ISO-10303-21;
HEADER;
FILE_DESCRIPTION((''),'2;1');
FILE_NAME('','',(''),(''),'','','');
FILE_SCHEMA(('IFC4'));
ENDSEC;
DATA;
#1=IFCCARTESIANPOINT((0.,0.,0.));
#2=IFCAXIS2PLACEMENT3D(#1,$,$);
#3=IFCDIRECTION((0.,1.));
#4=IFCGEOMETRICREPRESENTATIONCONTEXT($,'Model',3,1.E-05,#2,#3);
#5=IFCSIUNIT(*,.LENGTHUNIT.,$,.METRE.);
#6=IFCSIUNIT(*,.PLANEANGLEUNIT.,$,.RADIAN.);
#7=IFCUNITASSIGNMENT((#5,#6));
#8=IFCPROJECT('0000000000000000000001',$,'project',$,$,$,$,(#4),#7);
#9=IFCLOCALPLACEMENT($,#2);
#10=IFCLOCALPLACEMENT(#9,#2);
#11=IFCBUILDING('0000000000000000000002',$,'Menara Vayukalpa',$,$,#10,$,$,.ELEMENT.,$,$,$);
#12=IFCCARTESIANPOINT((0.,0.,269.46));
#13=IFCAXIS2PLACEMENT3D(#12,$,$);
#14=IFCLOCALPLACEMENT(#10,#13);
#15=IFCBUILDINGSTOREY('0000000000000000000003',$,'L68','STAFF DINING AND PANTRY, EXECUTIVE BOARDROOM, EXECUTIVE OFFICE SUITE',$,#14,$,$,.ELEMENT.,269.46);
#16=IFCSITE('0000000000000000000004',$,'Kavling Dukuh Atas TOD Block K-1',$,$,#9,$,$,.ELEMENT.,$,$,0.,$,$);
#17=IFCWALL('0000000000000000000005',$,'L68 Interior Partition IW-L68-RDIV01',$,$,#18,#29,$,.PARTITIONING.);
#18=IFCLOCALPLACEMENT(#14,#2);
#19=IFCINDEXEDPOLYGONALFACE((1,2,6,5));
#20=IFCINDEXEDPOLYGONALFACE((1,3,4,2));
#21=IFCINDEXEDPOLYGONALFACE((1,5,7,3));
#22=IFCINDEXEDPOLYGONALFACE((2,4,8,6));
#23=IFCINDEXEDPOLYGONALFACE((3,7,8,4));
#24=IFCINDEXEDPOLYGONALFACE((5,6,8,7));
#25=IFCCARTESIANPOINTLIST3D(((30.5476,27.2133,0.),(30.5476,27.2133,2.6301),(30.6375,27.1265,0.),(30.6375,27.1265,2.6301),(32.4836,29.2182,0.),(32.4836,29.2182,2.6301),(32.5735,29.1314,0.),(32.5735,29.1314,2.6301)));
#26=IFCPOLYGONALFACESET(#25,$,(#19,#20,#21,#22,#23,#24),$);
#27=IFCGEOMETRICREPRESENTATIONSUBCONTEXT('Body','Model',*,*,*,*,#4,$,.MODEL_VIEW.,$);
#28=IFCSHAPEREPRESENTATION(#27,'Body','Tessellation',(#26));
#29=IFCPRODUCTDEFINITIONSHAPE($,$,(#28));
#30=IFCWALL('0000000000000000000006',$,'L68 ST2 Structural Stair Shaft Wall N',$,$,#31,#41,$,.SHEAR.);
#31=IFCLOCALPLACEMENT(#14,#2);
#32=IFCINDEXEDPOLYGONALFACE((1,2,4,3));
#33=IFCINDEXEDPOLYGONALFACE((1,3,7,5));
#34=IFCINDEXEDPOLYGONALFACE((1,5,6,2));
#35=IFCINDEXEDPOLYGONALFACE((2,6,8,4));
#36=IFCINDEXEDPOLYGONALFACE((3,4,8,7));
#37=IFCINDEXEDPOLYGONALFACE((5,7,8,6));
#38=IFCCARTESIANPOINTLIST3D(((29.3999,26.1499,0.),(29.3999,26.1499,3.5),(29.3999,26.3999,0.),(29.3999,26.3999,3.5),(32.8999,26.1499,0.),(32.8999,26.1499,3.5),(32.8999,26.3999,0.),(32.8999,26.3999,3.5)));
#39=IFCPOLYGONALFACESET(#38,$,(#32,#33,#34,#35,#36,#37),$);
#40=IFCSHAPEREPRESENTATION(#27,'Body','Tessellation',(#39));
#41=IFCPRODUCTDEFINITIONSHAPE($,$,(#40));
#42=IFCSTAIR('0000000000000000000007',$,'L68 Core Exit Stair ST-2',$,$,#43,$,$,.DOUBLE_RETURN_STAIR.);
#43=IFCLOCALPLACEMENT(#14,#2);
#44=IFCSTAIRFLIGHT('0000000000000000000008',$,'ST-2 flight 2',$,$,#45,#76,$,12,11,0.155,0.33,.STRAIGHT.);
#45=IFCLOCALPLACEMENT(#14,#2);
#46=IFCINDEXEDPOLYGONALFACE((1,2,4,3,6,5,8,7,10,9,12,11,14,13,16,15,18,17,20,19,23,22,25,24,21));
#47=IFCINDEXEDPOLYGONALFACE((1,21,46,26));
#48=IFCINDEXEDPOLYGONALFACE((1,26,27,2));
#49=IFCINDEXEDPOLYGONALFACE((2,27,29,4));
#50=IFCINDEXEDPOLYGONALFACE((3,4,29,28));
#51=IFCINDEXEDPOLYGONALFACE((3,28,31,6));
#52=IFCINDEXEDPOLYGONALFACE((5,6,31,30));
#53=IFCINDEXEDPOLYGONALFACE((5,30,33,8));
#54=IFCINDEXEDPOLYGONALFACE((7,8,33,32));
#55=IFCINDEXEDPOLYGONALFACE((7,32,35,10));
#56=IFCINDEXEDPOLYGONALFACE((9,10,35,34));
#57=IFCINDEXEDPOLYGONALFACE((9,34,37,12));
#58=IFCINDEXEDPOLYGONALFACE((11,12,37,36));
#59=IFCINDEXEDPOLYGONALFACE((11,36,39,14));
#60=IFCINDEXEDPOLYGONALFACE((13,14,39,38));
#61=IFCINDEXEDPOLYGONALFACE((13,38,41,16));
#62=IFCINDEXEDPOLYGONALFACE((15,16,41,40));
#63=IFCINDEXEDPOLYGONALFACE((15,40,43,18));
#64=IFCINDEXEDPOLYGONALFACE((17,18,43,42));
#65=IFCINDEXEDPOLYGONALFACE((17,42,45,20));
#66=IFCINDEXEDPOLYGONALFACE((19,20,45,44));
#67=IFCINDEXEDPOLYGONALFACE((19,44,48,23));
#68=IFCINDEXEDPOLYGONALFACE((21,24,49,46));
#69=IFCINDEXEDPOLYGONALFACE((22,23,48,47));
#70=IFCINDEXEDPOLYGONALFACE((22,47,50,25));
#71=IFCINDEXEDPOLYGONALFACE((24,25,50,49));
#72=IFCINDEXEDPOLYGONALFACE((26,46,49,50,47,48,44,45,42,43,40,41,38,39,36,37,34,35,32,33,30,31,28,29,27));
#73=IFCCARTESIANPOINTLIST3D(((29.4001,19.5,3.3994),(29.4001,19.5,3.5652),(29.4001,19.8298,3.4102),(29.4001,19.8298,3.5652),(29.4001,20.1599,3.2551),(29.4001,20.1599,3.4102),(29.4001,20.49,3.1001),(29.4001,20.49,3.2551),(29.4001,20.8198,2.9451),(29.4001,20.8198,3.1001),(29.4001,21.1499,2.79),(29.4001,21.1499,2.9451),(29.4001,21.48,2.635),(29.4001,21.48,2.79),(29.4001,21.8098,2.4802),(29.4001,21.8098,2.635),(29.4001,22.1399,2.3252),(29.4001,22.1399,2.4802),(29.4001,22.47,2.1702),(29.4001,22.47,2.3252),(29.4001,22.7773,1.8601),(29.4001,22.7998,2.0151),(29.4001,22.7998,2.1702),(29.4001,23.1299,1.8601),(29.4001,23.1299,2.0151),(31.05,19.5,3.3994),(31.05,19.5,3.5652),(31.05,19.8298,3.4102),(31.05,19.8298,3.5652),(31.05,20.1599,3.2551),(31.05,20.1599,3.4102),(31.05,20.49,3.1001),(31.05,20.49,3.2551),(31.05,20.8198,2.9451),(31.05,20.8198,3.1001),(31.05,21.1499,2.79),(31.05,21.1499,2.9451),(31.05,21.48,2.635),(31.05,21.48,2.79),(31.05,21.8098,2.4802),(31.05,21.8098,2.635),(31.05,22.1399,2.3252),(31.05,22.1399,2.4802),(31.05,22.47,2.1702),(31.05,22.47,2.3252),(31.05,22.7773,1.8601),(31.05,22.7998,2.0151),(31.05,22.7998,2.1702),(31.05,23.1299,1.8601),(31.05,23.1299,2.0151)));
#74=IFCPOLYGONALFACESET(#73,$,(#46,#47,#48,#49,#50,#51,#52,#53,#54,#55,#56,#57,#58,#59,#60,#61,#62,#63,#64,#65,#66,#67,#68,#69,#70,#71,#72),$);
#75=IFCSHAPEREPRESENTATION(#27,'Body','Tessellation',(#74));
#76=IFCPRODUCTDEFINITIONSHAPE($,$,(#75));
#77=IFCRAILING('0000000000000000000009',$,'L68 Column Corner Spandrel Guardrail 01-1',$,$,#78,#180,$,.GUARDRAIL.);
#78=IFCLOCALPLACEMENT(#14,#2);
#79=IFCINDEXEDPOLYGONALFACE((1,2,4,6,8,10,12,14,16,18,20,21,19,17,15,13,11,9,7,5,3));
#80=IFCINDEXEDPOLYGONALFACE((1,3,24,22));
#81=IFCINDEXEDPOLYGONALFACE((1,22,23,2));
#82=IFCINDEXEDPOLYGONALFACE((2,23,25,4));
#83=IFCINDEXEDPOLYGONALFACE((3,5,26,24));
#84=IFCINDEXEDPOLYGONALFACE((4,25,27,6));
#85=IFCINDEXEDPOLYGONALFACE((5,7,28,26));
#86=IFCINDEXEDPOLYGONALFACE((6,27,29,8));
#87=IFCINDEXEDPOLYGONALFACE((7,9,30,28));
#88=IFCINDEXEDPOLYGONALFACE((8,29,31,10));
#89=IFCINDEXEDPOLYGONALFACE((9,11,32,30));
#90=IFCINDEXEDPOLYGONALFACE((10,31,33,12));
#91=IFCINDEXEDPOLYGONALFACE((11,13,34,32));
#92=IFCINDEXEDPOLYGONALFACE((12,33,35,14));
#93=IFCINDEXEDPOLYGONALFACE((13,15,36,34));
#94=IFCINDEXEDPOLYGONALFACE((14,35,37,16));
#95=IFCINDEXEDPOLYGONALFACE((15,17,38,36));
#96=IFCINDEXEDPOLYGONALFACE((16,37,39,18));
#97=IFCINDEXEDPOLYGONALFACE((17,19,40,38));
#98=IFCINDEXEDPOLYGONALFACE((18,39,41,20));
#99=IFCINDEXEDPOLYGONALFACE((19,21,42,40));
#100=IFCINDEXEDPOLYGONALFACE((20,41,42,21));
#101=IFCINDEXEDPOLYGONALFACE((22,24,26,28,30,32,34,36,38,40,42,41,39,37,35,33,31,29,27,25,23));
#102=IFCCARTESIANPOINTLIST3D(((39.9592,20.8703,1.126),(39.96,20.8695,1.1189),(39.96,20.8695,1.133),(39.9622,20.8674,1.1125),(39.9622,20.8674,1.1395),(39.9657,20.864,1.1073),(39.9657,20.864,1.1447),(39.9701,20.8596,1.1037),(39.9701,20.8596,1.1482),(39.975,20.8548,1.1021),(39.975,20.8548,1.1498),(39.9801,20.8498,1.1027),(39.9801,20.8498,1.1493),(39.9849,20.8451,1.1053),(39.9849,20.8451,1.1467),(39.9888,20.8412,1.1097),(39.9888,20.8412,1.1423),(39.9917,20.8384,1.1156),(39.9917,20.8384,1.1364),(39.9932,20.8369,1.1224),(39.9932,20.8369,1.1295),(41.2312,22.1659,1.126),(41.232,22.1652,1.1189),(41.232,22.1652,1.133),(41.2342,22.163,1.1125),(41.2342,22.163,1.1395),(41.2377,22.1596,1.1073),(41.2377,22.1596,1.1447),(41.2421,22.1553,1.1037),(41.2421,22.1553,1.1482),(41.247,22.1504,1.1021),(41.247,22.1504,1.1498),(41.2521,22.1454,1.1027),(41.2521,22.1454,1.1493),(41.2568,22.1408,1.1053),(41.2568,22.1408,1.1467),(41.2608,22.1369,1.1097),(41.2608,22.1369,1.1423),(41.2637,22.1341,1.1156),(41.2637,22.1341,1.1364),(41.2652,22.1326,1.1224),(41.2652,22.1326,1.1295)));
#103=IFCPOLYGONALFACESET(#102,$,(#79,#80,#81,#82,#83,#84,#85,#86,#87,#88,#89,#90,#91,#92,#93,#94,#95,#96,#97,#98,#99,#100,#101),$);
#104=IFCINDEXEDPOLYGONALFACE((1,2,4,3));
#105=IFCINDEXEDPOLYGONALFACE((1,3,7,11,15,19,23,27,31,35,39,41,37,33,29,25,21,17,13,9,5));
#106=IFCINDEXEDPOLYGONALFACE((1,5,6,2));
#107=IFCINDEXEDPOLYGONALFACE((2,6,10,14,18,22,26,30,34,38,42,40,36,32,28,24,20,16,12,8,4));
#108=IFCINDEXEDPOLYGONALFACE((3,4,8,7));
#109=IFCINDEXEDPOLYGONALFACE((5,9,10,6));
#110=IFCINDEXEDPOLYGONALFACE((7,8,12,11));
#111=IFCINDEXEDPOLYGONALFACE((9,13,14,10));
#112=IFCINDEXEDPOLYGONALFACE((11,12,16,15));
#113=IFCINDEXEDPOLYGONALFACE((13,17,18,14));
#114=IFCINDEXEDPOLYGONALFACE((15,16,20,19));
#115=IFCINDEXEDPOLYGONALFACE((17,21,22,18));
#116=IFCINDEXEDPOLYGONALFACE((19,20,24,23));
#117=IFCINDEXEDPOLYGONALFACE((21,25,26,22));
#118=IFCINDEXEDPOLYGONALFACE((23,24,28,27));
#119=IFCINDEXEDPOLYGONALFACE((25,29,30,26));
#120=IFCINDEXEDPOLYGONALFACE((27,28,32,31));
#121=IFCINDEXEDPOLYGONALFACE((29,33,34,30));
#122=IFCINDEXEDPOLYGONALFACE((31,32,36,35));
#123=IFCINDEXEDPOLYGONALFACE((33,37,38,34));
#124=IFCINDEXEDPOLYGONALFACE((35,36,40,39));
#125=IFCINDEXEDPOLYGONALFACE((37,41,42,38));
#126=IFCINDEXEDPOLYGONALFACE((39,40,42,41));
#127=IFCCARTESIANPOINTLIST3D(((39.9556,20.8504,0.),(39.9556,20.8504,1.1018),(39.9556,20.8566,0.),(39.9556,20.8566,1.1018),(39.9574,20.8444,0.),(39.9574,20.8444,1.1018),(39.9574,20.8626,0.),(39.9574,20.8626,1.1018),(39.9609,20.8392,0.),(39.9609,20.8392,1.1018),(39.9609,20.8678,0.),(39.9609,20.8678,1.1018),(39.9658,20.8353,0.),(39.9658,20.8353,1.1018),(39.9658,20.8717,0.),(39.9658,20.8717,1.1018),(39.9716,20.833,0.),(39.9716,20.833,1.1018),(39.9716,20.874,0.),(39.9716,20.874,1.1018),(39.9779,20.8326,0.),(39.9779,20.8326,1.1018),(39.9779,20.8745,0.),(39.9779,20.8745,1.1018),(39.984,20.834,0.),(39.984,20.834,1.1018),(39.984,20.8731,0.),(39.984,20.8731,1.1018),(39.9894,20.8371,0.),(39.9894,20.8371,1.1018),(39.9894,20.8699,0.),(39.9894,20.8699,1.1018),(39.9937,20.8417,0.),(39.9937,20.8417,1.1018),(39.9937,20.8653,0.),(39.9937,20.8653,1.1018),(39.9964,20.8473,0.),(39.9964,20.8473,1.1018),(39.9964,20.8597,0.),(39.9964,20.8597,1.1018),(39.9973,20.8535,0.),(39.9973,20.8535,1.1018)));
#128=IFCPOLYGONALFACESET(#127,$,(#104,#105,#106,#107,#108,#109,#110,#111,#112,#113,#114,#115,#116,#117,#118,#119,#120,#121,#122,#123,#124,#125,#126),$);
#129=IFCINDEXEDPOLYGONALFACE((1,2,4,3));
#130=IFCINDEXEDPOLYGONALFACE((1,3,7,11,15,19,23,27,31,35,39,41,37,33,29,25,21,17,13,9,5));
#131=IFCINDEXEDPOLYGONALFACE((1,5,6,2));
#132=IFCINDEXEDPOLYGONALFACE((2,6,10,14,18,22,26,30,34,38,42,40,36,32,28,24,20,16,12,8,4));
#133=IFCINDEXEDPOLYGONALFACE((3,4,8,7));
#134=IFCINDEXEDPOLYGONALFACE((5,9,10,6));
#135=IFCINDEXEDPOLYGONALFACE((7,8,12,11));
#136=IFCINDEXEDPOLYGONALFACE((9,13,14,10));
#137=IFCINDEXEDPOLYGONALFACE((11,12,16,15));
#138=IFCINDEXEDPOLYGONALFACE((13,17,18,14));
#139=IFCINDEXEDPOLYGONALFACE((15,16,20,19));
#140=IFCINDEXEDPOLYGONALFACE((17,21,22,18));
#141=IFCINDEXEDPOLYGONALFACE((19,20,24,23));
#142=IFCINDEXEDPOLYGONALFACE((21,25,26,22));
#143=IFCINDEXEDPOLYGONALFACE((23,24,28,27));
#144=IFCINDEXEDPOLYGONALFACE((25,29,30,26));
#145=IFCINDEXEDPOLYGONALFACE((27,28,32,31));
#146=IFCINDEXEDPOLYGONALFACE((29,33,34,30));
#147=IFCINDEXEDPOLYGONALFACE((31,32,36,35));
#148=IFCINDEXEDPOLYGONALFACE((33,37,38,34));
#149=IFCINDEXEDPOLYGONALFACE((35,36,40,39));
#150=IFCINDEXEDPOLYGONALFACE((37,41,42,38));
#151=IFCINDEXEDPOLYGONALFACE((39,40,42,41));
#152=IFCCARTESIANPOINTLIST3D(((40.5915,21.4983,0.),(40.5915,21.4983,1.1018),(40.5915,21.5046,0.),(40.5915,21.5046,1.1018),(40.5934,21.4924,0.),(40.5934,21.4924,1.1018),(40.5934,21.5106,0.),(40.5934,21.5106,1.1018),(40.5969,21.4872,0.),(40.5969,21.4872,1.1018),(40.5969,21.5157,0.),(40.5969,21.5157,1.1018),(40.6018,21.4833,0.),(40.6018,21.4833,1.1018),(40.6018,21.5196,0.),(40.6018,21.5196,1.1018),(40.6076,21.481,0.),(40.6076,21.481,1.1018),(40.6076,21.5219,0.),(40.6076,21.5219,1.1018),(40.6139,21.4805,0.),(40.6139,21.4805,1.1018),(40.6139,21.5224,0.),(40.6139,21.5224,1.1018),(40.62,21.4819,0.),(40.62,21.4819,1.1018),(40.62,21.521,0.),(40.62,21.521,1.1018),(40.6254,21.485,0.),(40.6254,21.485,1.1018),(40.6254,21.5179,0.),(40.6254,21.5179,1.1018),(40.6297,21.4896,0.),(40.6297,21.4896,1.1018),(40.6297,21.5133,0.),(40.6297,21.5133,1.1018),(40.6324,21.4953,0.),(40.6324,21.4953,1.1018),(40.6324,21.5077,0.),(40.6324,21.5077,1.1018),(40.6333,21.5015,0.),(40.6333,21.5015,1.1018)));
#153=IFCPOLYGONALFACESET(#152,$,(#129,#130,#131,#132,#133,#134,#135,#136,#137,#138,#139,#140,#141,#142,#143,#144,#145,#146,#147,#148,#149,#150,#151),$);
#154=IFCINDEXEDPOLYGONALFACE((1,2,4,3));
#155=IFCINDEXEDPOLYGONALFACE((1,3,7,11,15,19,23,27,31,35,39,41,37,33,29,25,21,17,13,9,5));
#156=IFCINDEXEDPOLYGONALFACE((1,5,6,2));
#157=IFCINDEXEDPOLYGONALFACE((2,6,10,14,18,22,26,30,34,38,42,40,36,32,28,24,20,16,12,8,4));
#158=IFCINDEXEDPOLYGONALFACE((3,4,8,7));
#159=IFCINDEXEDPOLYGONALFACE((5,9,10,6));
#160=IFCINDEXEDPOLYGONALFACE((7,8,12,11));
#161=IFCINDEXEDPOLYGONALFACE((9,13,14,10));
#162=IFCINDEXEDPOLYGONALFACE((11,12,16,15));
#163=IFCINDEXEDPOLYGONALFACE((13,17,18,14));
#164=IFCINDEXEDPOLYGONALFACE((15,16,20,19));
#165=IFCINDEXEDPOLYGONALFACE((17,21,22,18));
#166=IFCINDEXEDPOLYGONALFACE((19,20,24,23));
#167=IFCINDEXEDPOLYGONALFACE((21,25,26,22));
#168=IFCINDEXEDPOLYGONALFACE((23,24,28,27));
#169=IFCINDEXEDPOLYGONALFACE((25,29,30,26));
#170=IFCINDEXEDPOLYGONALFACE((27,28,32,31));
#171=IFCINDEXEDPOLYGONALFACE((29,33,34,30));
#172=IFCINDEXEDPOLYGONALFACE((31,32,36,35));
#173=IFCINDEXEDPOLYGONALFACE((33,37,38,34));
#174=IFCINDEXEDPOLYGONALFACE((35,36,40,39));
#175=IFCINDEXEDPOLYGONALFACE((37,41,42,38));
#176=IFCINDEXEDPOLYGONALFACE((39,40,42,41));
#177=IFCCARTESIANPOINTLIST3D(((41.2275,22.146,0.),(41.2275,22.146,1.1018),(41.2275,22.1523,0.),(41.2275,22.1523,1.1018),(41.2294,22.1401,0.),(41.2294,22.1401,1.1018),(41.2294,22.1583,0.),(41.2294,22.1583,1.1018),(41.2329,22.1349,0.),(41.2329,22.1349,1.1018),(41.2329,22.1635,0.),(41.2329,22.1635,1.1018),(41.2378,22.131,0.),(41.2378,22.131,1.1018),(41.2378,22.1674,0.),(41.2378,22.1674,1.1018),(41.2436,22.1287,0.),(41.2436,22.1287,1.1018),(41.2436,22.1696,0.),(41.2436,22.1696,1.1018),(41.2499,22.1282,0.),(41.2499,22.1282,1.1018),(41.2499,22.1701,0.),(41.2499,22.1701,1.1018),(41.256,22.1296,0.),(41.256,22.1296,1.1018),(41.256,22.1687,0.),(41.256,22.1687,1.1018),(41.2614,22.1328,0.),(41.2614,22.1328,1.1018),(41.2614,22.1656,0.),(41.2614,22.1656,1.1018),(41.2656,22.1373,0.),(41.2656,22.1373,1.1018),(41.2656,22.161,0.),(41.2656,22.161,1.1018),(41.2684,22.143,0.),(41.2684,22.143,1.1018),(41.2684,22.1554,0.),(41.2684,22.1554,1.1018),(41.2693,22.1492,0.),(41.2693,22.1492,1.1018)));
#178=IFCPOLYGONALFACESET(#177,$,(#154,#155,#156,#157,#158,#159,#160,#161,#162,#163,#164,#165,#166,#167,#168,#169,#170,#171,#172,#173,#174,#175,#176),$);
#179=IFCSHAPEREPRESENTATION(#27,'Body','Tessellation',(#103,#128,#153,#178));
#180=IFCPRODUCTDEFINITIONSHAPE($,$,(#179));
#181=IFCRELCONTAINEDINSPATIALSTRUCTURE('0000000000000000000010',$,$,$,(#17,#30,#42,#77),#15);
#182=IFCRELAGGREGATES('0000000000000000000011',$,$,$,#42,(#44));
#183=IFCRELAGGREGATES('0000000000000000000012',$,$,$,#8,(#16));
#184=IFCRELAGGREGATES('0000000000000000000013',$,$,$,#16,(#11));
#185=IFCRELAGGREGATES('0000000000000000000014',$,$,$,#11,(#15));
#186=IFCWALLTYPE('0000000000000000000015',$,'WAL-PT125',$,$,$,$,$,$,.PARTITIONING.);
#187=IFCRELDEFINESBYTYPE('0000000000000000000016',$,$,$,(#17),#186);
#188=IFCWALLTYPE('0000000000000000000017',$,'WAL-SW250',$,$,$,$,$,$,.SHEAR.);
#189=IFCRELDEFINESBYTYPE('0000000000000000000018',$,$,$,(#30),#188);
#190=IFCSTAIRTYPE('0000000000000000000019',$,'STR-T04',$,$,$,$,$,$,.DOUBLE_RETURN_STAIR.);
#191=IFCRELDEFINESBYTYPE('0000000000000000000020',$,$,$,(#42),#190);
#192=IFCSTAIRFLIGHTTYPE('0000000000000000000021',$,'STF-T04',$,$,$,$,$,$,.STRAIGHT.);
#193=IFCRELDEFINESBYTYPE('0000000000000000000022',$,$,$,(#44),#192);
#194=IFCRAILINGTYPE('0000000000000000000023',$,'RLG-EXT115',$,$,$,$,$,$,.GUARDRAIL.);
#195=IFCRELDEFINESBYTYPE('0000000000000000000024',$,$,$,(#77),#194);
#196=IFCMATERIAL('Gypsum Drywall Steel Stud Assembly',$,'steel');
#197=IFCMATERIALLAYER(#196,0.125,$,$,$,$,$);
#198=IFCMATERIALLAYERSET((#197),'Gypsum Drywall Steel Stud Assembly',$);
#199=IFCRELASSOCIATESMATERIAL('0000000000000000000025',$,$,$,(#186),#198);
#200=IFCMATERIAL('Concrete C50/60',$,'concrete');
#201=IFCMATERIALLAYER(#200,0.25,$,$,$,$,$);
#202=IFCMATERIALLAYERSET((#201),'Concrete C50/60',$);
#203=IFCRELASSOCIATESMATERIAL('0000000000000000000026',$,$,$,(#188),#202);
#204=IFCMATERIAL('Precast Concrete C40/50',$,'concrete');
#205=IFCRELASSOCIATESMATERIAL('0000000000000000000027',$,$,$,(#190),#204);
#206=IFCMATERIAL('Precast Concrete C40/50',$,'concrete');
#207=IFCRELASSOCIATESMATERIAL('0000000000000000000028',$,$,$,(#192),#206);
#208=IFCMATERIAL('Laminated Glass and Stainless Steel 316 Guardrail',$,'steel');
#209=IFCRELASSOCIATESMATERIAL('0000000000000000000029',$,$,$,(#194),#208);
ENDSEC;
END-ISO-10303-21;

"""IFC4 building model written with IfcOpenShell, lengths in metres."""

from ifc_helpers import new_model, si_unit, direction, frame, frame_2d, origin, origin_2d, place, context, subcontext, project, spatial, polyline, rectangle, circle, outline, extrude, material, layer, layer_set, type_object, element, aggregate, save


model = new_model("IFC4")

# Units and contexts
model_context = context("Model", 3, precision=1e-05, world=origin(), true_north=direction((0.0, 1.0)))
body_context = subcontext(model_context, "Body", "Model", "MODEL_VIEW")
ifc_project = project(units=[si_unit("LENGTHUNIT", "METRE"), si_unit("PLANEANGLEUNIT", "RADIAN")], contexts=[model_context])

# Site, building, storey
site_placement = place(None, origin())
site = spatial("IfcSite", under=ifc_project, at=site_placement, Name="Kavling Dukuh Atas TOD Block K-1", CompositionType="ELEMENT", RefElevation=0.0)
building_placement = place(site_placement, origin())
building = spatial("IfcBuilding", under=site, at=building_placement, Name="Menara Vayukalpa", CompositionType="ELEMENT")
storey_placement = place(building_placement, frame((0.0, 0.0, 269.46)))
storey = spatial("IfcBuildingStorey", under=building, at=storey_placement, Name="L68", Description="STAFF DINING AND PANTRY, EXECUTIVE BOARDROOM, EXECUTIVE OFFICE SUITE", CompositionType="ELEMENT", Elevation=269.46)

# Walls
ifc_material_1 = material(Name="Gypsum Drywall Steel Stud Assembly", Category="steel")
ifc_layer_1 = layer(ifc_material_1, 0.125)
ifc_layer_set_1 = layer_set([ifc_layer_1], Name="Gypsum Drywall Steel Stud Assembly")
wall_type_1 = type_object("IfcWallType", Name="WAL-PT125", PredefinedType="PARTITIONING", material=ifc_layer_set_1)
wall_1_placement = place(storey_placement, frame((30.5925, 27.1699, 0.0), z_axis=(0.0, 0.0, 1.0), x_axis=(0.694648, 0.71935, 0.0)))
element("IfcWall", 1, at=wall_1_placement, inside=storey, type_object=wall_type_1, Name="L68 Interior Partition IW-L68-RDIV01", PredefinedType="PARTITIONING", context=body_context, shape_type="SweptSolid", body=[
    extrude(rectangle(XDim=2.7871, YDim=0.125, at=frame_2d((1.3936, 0.0))), origin(), (0.0, 0.0, 1.0), 2.6301),
])
ifc_material_2 = material(Name="Concrete C50/60", Category="concrete")
ifc_layer_2 = layer(ifc_material_2, 0.25)
ifc_layer_set_2 = layer_set([ifc_layer_2], Name="Concrete C50/60")
wall_type_2 = type_object("IfcWallType", Name="WAL-SW250", PredefinedType="SHEAR", material=ifc_layer_set_2)
wall_2_placement = place(storey_placement, frame((29.3999, 26.2749, 0.0), z_axis=(0.0, 0.0, 1.0), x_axis=(1.0, 0.0, 0.0)))
element("IfcWall", 2, at=wall_2_placement, inside=storey, type_object=wall_type_2, Name="L68 ST2 Structural Stair Shaft Wall N", PredefinedType="SHEAR", context=body_context, shape_type="SweptSolid", body=[
    extrude(rectangle(XDim=3.5, YDim=0.25, at=frame_2d((1.75, 0.0))), origin(), (0.0, 0.0, 1.0), 3.5),
])

# Stair, stair flight
ifc_material_3 = material(Name="Precast Concrete C40/50", Category="concrete")
stair_type = type_object("IfcStairType", Name="STR-T04", PredefinedType="DOUBLE_RETURN_STAIR", material=ifc_material_3)
stair_placement = place(storey_placement, origin())
stair = element("IfcStair", 3, at=stair_placement, inside=storey, type_object=stair_type, Name="L68 Core Exit Stair ST-2", PredefinedType="DOUBLE_RETURN_STAIR")
ifc_material_4 = material(Name="Precast Concrete C40/50", Category="concrete")
stair_flight_type = type_object("IfcStairFlightType", Name="STF-T04", PredefinedType="STRAIGHT", material=ifc_material_4)
stair_flight_placement = place(storey_placement, frame((30.2251, 23.1299, 1.8601), z_axis=(0.0, 0.0, 1.0), x_axis=(0.0, -1.0, 0.0)))
stair_flight = element("IfcStairFlight", 4, at=stair_flight_placement, type_object=stair_flight_type, Name="ST-2 flight 2", NumberOfRisers=12, NumberOfTreads=11, PredefinedType="STRAIGHT", RiserHeight=0.155, TreadLength=0.33, context=body_context, shape_type="SweptSolid", body=[
    extrude(outline(polyline([(0.0, 0.0), (0.0, 0.155), (0.3301, 0.155), (0.3301, 0.3101), (0.6599, 0.3101), (0.6599, 0.4651), (0.99, 0.4651), (0.99, 0.6201), (1.3201, 0.6201), (1.3201, 0.7749), (1.6499, 0.7749), (1.6499, 0.9299), (1.98, 0.9299), (1.98, 1.085), (2.3101, 1.085), (2.3101, 1.24), (2.6399, 1.24), (2.6399, 1.395), (2.97, 1.395), (2.97, 1.55), (3.3, 1.55), (3.3, 1.7051), (3.6299, 1.7051), (3.6299, 1.8601), (3.6299, 1.5393), (0.3525, 0.0), (0.0, 0.0)])), frame((0.0, 0.825, 0.0), z_axis=(0.0, -1.0, 0.0), x_axis=(1.0, 0.0, 0.0)), (0.0, 0.0, 1.0), 1.6499),
])
aggregate(stair, [stair_flight])

# Railing
ifc_material_5 = material(Name="Laminated Glass and Stainless Steel 316 Guardrail", Category="steel")
railing_type_1 = type_object("IfcRailingType", Name="RLG-EXT115", PredefinedType="GUARDRAIL", material=ifc_material_5)
railing_1_placement = place(storey_placement, frame((39.9763, 20.8535, 0.0)))
element("IfcRailing", 5, at=railing_1_placement, inside=storey, type_object=railing_type_1, Name="L68 Column Corner Spandrel Guardrail 01-1", PredefinedType="GUARDRAIL", context=body_context, shape_type="SweptSolid", body=[
    extrude(circle(Radius=0.0239, at=origin_2d()), frame((0.0, 0.0, 1.126), z_axis=(0.700555, 0.713598, 0.0), x_axis=(-0.713598, 0.700555, 0.0)), (0.0, 0.0, 1.0), 1.8157),
    extrude(circle(Radius=0.021, at=origin_2d()), origin(), (0.0, 0.0, 1.0), 1.1018),
    extrude(circle(Radius=0.021, at=origin_2d()), frame((0.636, 0.6479, 0.0)), (0.0, 0.0, 1.0), 1.1018),
    extrude(circle(Radius=0.021, at=origin_2d()), frame((1.272, 1.2957, 0.0)), (0.0, 0.0, 1.0), 1.1018),
])

save(model, "model.ifc")
